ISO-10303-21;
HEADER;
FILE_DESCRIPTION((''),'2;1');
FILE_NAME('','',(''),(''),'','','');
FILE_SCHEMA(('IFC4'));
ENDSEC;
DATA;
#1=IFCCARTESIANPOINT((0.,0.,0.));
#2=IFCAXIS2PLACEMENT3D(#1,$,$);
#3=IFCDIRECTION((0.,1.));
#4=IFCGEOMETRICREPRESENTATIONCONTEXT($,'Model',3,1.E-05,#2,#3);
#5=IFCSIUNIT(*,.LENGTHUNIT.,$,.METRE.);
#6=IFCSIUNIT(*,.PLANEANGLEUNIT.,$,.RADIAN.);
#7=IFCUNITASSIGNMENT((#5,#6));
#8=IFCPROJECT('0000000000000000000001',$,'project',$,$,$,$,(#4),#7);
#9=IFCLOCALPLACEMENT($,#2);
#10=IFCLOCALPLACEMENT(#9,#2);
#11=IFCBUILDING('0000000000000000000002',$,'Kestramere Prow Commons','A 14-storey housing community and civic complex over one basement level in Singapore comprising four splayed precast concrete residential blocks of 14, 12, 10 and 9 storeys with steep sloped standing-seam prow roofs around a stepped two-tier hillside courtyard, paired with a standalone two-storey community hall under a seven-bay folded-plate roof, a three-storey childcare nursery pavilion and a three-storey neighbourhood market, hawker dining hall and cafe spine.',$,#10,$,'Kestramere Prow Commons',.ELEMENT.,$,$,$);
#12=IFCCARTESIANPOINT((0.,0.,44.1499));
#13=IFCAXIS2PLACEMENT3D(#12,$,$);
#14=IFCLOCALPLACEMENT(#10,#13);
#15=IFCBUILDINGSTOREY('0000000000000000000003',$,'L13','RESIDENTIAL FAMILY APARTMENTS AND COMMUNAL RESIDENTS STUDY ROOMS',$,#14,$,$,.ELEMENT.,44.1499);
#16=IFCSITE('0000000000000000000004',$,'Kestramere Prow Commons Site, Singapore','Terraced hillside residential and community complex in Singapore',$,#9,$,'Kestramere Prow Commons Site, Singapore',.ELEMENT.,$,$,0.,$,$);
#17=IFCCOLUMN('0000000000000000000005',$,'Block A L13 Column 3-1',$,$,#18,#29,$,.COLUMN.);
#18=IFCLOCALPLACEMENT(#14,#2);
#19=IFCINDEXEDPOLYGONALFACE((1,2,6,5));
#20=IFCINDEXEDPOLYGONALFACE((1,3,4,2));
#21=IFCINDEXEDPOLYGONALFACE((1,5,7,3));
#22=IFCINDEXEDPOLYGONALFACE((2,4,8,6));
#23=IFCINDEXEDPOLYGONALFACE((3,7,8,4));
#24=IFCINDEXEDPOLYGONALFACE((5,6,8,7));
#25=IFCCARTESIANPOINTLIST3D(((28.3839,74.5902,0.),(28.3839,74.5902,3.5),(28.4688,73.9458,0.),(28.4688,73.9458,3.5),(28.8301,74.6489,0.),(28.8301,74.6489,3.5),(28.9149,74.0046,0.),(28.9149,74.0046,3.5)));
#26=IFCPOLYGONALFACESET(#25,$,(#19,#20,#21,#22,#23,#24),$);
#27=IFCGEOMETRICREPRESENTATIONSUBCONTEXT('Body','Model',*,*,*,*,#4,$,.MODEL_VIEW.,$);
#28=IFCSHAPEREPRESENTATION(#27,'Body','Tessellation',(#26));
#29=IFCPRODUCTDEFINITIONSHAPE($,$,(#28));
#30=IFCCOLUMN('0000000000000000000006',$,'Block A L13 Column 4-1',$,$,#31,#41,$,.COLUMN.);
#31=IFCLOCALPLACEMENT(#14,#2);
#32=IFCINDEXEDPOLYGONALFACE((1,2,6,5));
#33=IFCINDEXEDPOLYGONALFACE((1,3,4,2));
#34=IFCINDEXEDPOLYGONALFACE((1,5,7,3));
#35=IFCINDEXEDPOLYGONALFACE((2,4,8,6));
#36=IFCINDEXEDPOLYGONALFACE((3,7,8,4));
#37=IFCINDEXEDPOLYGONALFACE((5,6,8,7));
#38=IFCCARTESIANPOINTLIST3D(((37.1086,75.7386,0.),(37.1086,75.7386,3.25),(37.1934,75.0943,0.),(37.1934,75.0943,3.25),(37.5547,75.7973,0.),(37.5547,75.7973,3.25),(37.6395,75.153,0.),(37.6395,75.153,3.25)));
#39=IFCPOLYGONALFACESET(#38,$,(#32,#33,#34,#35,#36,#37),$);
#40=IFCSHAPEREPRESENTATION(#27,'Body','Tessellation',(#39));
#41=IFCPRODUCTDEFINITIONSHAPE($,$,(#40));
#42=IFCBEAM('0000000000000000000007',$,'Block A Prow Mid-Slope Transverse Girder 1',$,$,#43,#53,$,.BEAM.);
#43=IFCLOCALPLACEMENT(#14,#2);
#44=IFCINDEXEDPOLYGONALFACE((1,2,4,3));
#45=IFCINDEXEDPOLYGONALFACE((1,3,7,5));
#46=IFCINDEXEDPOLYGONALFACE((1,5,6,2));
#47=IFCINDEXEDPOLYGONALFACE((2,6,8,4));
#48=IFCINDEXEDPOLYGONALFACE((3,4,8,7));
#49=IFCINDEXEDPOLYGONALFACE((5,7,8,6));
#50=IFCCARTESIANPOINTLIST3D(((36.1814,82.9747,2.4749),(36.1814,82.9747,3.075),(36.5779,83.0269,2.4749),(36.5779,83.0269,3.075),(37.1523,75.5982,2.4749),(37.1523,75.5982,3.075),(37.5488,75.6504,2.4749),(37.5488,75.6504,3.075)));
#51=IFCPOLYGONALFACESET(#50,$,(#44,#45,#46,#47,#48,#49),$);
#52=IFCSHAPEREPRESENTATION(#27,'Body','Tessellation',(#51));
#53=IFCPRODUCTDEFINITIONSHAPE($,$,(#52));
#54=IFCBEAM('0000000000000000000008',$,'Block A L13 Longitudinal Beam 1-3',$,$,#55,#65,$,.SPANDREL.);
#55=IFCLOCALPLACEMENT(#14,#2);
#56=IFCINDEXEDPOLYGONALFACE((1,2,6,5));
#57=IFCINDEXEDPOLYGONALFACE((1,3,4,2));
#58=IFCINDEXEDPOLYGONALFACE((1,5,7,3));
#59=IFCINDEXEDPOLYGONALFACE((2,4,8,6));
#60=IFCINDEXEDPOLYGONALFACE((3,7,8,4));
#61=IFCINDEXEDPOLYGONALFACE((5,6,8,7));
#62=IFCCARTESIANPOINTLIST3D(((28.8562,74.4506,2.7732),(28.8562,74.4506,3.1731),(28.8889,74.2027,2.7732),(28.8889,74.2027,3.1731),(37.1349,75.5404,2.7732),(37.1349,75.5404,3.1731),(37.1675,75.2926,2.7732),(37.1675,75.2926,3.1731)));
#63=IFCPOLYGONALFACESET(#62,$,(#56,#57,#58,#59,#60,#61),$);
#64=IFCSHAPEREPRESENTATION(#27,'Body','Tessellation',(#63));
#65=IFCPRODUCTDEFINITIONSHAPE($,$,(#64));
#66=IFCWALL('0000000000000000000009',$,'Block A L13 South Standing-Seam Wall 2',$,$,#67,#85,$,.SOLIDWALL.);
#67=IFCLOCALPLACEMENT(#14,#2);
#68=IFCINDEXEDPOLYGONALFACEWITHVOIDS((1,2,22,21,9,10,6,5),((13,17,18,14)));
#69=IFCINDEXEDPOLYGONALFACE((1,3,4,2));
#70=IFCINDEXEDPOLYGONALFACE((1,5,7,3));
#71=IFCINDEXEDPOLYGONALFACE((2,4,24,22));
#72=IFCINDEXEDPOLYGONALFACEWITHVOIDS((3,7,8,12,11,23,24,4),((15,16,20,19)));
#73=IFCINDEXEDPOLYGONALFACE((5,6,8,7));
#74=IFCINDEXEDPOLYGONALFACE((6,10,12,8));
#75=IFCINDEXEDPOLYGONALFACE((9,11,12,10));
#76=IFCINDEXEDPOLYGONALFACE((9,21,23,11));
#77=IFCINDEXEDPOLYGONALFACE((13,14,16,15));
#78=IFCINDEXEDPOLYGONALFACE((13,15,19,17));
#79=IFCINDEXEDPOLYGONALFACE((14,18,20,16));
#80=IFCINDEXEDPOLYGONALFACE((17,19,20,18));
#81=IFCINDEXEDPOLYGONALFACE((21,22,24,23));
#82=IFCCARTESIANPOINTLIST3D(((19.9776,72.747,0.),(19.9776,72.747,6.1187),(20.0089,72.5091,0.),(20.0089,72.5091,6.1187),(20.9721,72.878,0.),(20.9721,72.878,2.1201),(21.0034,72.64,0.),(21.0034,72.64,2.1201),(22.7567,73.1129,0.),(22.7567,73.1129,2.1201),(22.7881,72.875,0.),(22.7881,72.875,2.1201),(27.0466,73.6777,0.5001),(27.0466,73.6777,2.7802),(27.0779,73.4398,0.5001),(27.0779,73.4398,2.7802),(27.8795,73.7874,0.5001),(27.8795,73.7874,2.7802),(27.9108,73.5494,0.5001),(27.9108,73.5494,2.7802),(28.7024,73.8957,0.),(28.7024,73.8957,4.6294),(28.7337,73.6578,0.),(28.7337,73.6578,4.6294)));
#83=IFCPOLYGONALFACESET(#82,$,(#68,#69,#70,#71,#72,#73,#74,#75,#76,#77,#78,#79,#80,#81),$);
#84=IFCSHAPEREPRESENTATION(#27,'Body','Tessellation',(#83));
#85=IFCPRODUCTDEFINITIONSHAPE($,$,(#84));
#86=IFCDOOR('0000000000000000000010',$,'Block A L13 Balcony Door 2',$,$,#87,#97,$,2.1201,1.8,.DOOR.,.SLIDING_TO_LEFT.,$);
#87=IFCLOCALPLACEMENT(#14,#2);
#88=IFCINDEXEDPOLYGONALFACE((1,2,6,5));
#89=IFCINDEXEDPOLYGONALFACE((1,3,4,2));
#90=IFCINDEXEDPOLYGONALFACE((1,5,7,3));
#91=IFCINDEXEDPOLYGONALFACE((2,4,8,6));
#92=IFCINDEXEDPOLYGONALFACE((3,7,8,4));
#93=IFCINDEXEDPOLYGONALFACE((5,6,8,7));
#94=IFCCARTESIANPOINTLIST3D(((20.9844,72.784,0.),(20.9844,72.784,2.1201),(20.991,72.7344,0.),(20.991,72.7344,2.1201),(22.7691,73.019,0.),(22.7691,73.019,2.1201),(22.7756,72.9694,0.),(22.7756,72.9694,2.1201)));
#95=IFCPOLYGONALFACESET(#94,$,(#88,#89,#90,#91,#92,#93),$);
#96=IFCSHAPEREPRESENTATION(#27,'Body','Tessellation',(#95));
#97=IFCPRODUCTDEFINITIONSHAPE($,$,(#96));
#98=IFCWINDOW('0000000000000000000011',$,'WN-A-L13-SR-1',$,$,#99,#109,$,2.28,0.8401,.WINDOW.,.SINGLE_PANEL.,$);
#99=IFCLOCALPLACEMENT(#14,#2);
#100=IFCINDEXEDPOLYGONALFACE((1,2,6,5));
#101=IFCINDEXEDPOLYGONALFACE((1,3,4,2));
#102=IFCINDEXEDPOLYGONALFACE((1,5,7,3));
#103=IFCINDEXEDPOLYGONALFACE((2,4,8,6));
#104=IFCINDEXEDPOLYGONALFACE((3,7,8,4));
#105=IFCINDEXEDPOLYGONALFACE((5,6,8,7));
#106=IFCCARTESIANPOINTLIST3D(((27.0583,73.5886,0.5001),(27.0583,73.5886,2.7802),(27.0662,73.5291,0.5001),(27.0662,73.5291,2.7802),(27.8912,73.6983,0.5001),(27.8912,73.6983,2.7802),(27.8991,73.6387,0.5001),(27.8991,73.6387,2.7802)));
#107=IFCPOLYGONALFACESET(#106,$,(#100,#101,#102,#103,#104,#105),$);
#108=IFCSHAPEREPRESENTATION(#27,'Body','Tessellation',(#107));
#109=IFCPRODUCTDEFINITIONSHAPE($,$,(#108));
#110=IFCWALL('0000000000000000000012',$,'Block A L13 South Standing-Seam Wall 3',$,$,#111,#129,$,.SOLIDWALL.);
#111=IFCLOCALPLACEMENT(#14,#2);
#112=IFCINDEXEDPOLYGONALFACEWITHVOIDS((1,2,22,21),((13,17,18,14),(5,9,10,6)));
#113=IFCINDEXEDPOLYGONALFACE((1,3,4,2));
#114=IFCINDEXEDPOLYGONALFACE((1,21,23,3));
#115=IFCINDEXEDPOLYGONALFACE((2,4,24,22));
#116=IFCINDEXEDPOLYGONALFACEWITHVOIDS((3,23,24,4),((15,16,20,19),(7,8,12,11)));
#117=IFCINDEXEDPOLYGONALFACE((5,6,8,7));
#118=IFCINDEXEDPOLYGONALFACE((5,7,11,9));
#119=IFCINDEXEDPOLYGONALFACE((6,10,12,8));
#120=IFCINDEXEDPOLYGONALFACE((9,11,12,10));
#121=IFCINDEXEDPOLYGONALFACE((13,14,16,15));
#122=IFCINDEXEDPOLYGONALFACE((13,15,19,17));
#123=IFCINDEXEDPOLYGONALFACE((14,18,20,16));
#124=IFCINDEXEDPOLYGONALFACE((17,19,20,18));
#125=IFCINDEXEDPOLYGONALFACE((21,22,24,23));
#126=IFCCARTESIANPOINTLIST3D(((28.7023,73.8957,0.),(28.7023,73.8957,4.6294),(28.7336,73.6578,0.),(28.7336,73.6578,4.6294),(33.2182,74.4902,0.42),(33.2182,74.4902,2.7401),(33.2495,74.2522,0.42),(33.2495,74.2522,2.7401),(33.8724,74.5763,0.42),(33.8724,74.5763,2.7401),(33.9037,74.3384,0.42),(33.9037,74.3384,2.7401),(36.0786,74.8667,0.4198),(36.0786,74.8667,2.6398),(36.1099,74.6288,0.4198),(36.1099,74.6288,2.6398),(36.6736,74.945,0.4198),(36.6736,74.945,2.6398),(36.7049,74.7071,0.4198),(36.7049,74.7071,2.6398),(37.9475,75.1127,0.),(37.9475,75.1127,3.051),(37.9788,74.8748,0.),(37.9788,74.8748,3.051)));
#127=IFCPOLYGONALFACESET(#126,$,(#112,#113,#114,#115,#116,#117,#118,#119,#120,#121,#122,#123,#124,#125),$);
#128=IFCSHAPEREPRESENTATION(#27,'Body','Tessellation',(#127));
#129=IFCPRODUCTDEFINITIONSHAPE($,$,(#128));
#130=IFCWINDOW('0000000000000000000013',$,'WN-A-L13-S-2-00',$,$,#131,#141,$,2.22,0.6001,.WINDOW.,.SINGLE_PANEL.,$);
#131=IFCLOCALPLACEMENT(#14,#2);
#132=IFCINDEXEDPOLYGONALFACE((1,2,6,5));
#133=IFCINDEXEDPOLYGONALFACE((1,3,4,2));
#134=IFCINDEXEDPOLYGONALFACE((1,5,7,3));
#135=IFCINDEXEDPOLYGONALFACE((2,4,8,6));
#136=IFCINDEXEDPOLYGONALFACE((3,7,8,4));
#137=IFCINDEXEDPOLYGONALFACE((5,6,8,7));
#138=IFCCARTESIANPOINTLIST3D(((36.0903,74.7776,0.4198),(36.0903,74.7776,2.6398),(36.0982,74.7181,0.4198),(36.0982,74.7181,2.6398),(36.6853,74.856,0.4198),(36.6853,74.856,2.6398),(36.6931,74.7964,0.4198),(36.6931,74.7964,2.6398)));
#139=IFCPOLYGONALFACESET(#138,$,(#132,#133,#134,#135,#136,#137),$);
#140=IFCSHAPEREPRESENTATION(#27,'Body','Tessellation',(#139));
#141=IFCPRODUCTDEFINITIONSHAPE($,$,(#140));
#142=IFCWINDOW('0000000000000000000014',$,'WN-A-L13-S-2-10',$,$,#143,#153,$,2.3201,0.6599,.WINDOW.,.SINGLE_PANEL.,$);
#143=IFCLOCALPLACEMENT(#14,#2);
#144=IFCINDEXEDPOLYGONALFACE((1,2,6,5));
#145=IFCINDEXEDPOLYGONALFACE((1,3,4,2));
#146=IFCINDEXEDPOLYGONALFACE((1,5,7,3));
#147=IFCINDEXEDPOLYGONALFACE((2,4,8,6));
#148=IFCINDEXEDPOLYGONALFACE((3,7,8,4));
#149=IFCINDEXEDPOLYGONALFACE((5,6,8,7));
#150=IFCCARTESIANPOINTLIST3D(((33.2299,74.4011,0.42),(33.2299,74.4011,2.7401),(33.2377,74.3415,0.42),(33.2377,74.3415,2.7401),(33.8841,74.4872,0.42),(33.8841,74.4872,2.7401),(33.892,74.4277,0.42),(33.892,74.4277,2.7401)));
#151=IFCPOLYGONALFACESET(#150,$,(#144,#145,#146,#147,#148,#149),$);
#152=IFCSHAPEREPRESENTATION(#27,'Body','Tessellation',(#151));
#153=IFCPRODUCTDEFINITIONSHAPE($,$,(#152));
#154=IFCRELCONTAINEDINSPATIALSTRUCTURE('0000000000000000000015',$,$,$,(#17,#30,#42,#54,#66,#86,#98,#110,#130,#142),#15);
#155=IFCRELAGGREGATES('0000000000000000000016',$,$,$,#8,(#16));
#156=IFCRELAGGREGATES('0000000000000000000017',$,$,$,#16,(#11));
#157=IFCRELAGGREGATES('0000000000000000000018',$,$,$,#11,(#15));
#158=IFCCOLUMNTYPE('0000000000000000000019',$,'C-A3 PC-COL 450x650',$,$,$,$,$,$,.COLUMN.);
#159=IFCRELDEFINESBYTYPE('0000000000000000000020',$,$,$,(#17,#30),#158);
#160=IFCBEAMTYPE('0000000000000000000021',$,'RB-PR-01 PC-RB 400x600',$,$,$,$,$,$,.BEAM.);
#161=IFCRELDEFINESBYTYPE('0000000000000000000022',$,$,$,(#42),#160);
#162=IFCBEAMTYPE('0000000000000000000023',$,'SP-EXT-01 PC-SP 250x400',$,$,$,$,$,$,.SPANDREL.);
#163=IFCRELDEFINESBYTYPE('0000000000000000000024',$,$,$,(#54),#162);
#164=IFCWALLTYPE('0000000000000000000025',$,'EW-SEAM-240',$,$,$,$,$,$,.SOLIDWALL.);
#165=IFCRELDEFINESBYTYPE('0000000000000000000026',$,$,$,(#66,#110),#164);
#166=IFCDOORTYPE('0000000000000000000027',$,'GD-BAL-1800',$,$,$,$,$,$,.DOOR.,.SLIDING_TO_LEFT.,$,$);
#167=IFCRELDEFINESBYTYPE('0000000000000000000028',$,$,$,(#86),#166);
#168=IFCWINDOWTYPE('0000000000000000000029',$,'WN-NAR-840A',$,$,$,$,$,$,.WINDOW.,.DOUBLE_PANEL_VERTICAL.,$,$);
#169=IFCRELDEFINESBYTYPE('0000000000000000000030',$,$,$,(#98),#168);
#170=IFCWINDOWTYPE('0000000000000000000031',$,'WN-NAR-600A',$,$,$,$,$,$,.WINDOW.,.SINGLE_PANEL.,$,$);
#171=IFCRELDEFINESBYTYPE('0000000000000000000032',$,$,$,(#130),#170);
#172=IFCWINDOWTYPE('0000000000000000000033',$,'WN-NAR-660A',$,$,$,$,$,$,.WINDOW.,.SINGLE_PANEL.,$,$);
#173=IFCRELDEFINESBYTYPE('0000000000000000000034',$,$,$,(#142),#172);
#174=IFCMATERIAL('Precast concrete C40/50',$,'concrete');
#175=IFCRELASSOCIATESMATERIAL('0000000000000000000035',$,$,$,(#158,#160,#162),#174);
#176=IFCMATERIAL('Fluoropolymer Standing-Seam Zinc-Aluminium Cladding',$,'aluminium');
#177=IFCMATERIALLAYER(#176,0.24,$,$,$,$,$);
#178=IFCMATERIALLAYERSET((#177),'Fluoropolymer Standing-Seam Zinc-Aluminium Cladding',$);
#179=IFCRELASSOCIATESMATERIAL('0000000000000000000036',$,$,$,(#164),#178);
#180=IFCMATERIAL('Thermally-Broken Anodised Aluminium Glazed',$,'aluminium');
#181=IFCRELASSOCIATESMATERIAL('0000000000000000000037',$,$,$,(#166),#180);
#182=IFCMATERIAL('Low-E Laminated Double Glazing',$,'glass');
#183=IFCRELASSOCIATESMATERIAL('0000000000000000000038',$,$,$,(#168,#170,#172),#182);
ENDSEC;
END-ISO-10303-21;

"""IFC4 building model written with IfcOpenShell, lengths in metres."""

from ifc_helpers import new_model, si_unit, direction, frame, frame_2d, origin, origin_2d, place, context, subcontext, project, spatial, polyline, rectangle, outline, extrude, material, layer, layer_set, material_profile, profile_set, type_object, element, fill, save


model = new_model("IFC4")

# Units and contexts
model_context = context("Model", 3, precision=1e-05, world=origin(), true_north=direction((0.0, 1.0)))
body_context = subcontext(model_context, "Body", "Model", "MODEL_VIEW")
ifc_project = project(units=[si_unit("LENGTHUNIT", "METRE"), si_unit("PLANEANGLEUNIT", "RADIAN")], contexts=[model_context])

# Site, building, storey
site_placement = place(None, origin())
site = spatial("IfcSite", under=ifc_project, at=site_placement, Name="Kestramere Prow Commons Site, Singapore", Description="Terraced hillside residential and community complex in Singapore", LongName="Kestramere Prow Commons Site, Singapore", CompositionType="ELEMENT", RefElevation=0.0)
building_placement = place(site_placement, origin())
building = spatial("IfcBuilding", under=site, at=building_placement, Name="Kestramere Prow Commons", Description="A 14-storey housing community and civic complex over one basement level in Singapore comprising four splayed precast concrete residential blocks of 14, 12, 10 and 9 storeys with steep sloped standing-seam prow roofs around a stepped two-tier hillside courtyard, paired with a standalone two-storey community hall under a seven-bay folded-plate roof, a three-storey childcare nursery pavilion and a three-storey neighbourhood market, hawker dining hall and cafe spine.", LongName="Kestramere Prow Commons", CompositionType="ELEMENT")
storey_placement = place(building_placement, frame((0.0, 0.0, 44.1499)))
storey = spatial("IfcBuildingStorey", under=building, at=storey_placement, Name="L13", Description="RESIDENTIAL FAMILY APARTMENTS AND COMMUNAL RESIDENTS STUDY ROOMS", CompositionType="ELEMENT", Elevation=44.1499)

# Columns
ifc_material_1 = material(Name="Precast concrete C40/50", Category="concrete")
ifc_material_profile_1 = material_profile(ifc_material_1, rectangle(XDim=0.45, YDim=0.6499, at=origin_2d()), Name="PC-COL 450x650")
ifc_profile_set_1 = profile_set([ifc_material_profile_1], Name="Precast concrete C40/50")
column_type = type_object("IfcColumnType", Name="C-A3 PC-COL 450x650", PredefinedType="COLUMN", material=ifc_profile_set_1)
column_1_placement = place(storey_placement, frame((28.6494, 74.2974, 0.0), z_axis=(0.0, 0.0, 1.0), x_axis=(0.991445, 0.130526, 0.0)))
element("IfcColumn", 1, at=column_1_placement, inside=storey, type_object=column_type, Name="Block A L13 Column 3-1", PredefinedType="COLUMN", context=body_context, shape_type="SweptSolid", body=[
    extrude(rectangle(XDim=0.45, YDim=0.6499, at=origin_2d()), origin(), (0.0, 0.0, 1.0), 3.5),
])
column_2_placement = place(storey_placement, frame((37.374, 75.4458, 0.0), z_axis=(0.0, 0.0, 1.0), x_axis=(0.991445, 0.130526, 0.0)))
element("IfcColumn", 2, at=column_2_placement, inside=storey, type_object=column_type, Name="Block A L13 Column 4-1", PredefinedType="COLUMN", context=body_context, shape_type="SweptSolid", body=[
    extrude(rectangle(XDim=0.45, YDim=0.6499, at=origin_2d()), origin(), (0.0, 0.0, 1.0), 3.25),
])

# Beams
ifc_material_profile_2 = material_profile(ifc_material_1, rectangle(XDim=0.3999, YDim=0.6001, at=origin_2d()), Name="PC-RB 400x600")
ifc_profile_set_2 = profile_set([ifc_material_profile_2], Name="Precast concrete C40/50")
beam_type_1 = type_object("IfcBeamType", Name="RB-PR-01 PC-RB 400x600", PredefinedType="BEAM", material=ifc_profile_set_2)
beam_1_placement = place(storey_placement, frame((37.3506, 75.6243, 2.7749), z_axis=(-0.130502, 0.991448, 0.0), x_axis=(-0.991448, -0.130502, 0.0)))
element("IfcBeam", 3, at=beam_1_placement, inside=storey, type_object=beam_type_1, Name="Block A Prow Mid-Slope Transverse Girder 1", PredefinedType="BEAM", context=body_context, shape_type="SweptSolid", body=[
    extrude(rectangle(XDim=0.3999, YDim=0.6001, at=origin_2d()), origin(), (0.0, 0.0, 1.0), 7.4402),
])
ifc_material_profile_3 = material_profile(ifc_material_1, rectangle(XDim=0.25, YDim=0.3999, at=origin_2d()), Name="PC-SP 250x400")
ifc_profile_set_3 = profile_set([ifc_material_profile_3], Name="Precast concrete C40/50")
beam_type_2 = type_object("IfcBeamType", Name="SP-EXT-01 PC-SP 250x400", PredefinedType="SPANDREL", material=ifc_profile_set_3)
beam_2_placement = place(storey_placement, frame((28.8726, 74.3267, 2.9731), z_axis=(0.991446, 0.13052, 0.0), x_axis=(-0.13052, 0.991446, 0.0)))
element("IfcBeam", 4, at=beam_2_placement, inside=storey, type_object=beam_type_2, Name="Block A L13 Longitudinal Beam 1-3", PredefinedType="SPANDREL", context=body_context, shape_type="SweptSolid", body=[
    extrude(rectangle(XDim=0.25, YDim=0.3999, at=origin_2d()), origin(), (0.0, 0.0, 1.0), 8.3501),
])

# Wall, openings, door, window
ifc_material_2 = material(Name="Fluoropolymer Standing-Seam Zinc-Aluminium Cladding", Category="aluminium")
ifc_layer_1 = layer(ifc_material_2, 0.24)
ifc_layer_set_1 = layer_set([ifc_layer_1], Name="Fluoropolymer Standing-Seam Zinc-Aluminium Cladding")
wall_type_1 = type_object("IfcWallType", Name="EW-SEAM-240", PredefinedType="SOLIDWALL", material=ifc_layer_set_1)
wall_1_placement = place(storey_placement, frame((28.718, 73.7769, 0.0), z_axis=(0.0, 0.0, 1.0), x_axis=(-0.991444, -0.13053, 0.0)))
wall_1 = element("IfcWall", 5, at=wall_1_placement, inside=storey, type_object=wall_type_1, Name="Block A L13 South Standing-Seam Wall 2", PredefinedType="SOLIDWALL", context=body_context, shape_type="SweptSolid", body=[
    extrude(outline(polyline([(0.0, 0.0), (8.8, 0.0), (8.8, 6.1187), (0.0, 4.6294), (0.0, 0.0)])), frame((0.0, 0.1201, 0.0), z_axis=(0.0, -1.0, 0.0), x_axis=(1.0, 0.0, 0.0)), (0.0, 0.0, 1.0), 0.24),
])
opening_1_placement = place(wall_1_placement, frame((5.9971, 0.0, 0.0)))
opening_1 = element("IfcOpeningElement", 6, at=opening_1_placement, cuts=wall_1, PredefinedType="OPENING", context=body_context, shape_type="SweptSolid", body=[
    extrude(rectangle(XDim=1.8, YDim=2.1201, at=frame_2d((0.8999, 1.0601))), frame((0.0, 0.135, 0.0), z_axis=(0.0, -1.0, 0.0), x_axis=(1.0, 0.0, 0.0)), (0.0, 0.0, 1.0), 0.27),
])
opening_2_placement = place(wall_1_placement, frame((0.8301, 0.0, 0.5)))
opening_2 = element("IfcOpeningElement", 7, at=opening_2_placement, cuts=wall_1, PredefinedType="OPENING", context=body_context, shape_type="SweptSolid", body=[
    extrude(rectangle(XDim=0.8401, YDim=2.28, at=frame_2d((0.4199, 1.1401))), frame((0.0, 0.135, 0.0), z_axis=(0.0, -1.0, 0.0), x_axis=(1.0, 0.0, 0.0)), (0.0, 0.0, 1.0), 0.27),
])
ifc_material_3 = material(Name="Thermally-Broken Anodised Aluminium Glazed", Category="aluminium")
door_type_1 = type_object("IfcDoorType", Name="GD-BAL-1800", OperationType="SLIDING_TO_LEFT", PredefinedType="DOOR", material=ifc_material_3)
door_1_placement = place(opening_1_placement, origin())
door_1 = element("IfcDoor", 8, at=door_1_placement, inside=storey, type_object=door_type_1, Name="Block A L13 Balcony Door 2", OperationType="SLIDING_TO_LEFT", OverallHeight=2.1201, OverallWidth=1.8, PredefinedType="DOOR", context=body_context, shape_type="SweptSolid", body=[
    extrude(rectangle(XDim=1.8, YDim=2.1201, at=frame_2d((0.8999, 1.0601))), frame((0.0, 0.0249, 0.0), z_axis=(0.0, -1.0, 0.0), x_axis=(1.0, 0.0, 0.0)), (0.0, 0.0, 1.0), 0.05),
])
fill(opening_1, door_1)
ifc_material_4 = material(Name="Low-E Laminated Double Glazing", Category="glass")
window_type_1 = type_object("IfcWindowType", Name="WN-NAR-840A", PartitioningType="DOUBLE_PANEL_VERTICAL", PredefinedType="WINDOW", material=ifc_material_4)
window_1_placement = place(opening_2_placement, origin())
window_1 = element("IfcWindow", 9, at=window_1_placement, inside=storey, type_object=window_type_1, Name="WN-A-L13-SR-1", OverallHeight=2.28, OverallWidth=0.8401, PartitioningType="SINGLE_PANEL", PredefinedType="WINDOW", context=body_context, shape_type="SweptSolid", body=[
    extrude(rectangle(XDim=0.8401, YDim=2.28, at=frame_2d((0.4199, 1.1401))), frame((0.0, 0.03, 0.0), z_axis=(0.0, -1.0, 0.0), x_axis=(1.0, 0.0, 0.0)), (0.0, 0.0, 1.0), 0.0601),
])
fill(opening_2, window_1)

# Wall, openings, windows
wall_2_placement = place(storey_placement, frame((37.9631, 74.9939, 0.0), z_axis=(0.0, 0.0, 1.0), x_axis=(-0.991446, -0.130515, 0.0)))
wall_2 = element("IfcWall", 10, at=wall_2_placement, inside=storey, type_object=wall_type_1, Name="Block A L13 South Standing-Seam Wall 3", PredefinedType="SOLIDWALL", context=body_context, shape_type="SweptSolid", body=[
    extrude(outline(polyline([(0.0, 0.0), (9.325, 0.0), (9.325, 4.6294), (0.0, 3.051), (0.0, 0.0)])), frame((0.0, 0.1201, 0.0), z_axis=(0.0, -1.0, 0.0), x_axis=(1.0, 0.0, 0.0)), (0.0, 0.0, 1.0), 0.24),
])
opening_3_placement = place(wall_2_placement, frame((1.2849, 0.0, 0.4199)))
opening_3 = element("IfcOpeningElement", 11, at=opening_3_placement, cuts=wall_2, PredefinedType="OPENING", context=body_context, shape_type="SweptSolid", body=[
    extrude(rectangle(XDim=0.6001, YDim=2.22, at=frame_2d((0.3, 1.1099))), frame((0.0, 0.135, 0.0), z_axis=(0.0, -1.0, 0.0), x_axis=(1.0, 0.0, 0.0)), (0.0, 0.0, 1.0), 0.27),
])
opening_4_placement = place(wall_2_placement, frame((4.1101, 0.0, 0.4199)))
opening_4 = element("IfcOpeningElement", 12, at=opening_4_placement, cuts=wall_2, PredefinedType="OPENING", context=body_context, shape_type="SweptSolid", body=[
    extrude(rectangle(XDim=0.6599, YDim=2.3201, at=frame_2d((0.3301, 1.1602))), frame((0.0, 0.135, 0.0), z_axis=(0.0, -1.0, 0.0), x_axis=(1.0, 0.0, 0.0)), (0.0, 0.0, 1.0), 0.27),
])
window_type_2 = type_object("IfcWindowType", Name="WN-NAR-600A", PartitioningType="SINGLE_PANEL", PredefinedType="WINDOW", material=ifc_material_4)
window_2_placement = place(opening_3_placement, origin())
window_2 = element("IfcWindow", 13, at=window_2_placement, inside=storey, type_object=window_type_2, Name="WN-A-L13-S-2-00", OverallHeight=2.22, OverallWidth=0.6001, PartitioningType="SINGLE_PANEL", PredefinedType="WINDOW", context=body_context, shape_type="SweptSolid", body=[
    extrude(rectangle(XDim=0.6001, YDim=2.22, at=frame_2d((0.3, 1.1099))), frame((0.0, 0.03, 0.0), z_axis=(0.0, -1.0, 0.0), x_axis=(1.0, 0.0, 0.0)), (0.0, 0.0, 1.0), 0.0601),
])
fill(opening_3, window_2)
window_type_3 = type_object("IfcWindowType", Name="WN-NAR-660A", PartitioningType="SINGLE_PANEL", PredefinedType="WINDOW", material=ifc_material_4)
window_3_placement = place(opening_4_placement, origin())
window_3 = element("IfcWindow", 14, at=window_3_placement, inside=storey, type_object=window_type_3, Name="WN-A-L13-S-2-10", OverallHeight=2.3201, OverallWidth=0.6599, PartitioningType="SINGLE_PANEL", PredefinedType="WINDOW", context=body_context, shape_type="SweptSolid", body=[
    extrude(rectangle(XDim=0.6599, YDim=2.3201, at=frame_2d((0.3301, 1.1602))), frame((0.0, 0.03, 0.0), z_axis=(0.0, -1.0, 0.0), x_axis=(1.0, 0.0, 0.0)), (0.0, 0.0, 1.0), 0.0601),
])
fill(opening_4, window_3)

save(model, "model.ifc")
